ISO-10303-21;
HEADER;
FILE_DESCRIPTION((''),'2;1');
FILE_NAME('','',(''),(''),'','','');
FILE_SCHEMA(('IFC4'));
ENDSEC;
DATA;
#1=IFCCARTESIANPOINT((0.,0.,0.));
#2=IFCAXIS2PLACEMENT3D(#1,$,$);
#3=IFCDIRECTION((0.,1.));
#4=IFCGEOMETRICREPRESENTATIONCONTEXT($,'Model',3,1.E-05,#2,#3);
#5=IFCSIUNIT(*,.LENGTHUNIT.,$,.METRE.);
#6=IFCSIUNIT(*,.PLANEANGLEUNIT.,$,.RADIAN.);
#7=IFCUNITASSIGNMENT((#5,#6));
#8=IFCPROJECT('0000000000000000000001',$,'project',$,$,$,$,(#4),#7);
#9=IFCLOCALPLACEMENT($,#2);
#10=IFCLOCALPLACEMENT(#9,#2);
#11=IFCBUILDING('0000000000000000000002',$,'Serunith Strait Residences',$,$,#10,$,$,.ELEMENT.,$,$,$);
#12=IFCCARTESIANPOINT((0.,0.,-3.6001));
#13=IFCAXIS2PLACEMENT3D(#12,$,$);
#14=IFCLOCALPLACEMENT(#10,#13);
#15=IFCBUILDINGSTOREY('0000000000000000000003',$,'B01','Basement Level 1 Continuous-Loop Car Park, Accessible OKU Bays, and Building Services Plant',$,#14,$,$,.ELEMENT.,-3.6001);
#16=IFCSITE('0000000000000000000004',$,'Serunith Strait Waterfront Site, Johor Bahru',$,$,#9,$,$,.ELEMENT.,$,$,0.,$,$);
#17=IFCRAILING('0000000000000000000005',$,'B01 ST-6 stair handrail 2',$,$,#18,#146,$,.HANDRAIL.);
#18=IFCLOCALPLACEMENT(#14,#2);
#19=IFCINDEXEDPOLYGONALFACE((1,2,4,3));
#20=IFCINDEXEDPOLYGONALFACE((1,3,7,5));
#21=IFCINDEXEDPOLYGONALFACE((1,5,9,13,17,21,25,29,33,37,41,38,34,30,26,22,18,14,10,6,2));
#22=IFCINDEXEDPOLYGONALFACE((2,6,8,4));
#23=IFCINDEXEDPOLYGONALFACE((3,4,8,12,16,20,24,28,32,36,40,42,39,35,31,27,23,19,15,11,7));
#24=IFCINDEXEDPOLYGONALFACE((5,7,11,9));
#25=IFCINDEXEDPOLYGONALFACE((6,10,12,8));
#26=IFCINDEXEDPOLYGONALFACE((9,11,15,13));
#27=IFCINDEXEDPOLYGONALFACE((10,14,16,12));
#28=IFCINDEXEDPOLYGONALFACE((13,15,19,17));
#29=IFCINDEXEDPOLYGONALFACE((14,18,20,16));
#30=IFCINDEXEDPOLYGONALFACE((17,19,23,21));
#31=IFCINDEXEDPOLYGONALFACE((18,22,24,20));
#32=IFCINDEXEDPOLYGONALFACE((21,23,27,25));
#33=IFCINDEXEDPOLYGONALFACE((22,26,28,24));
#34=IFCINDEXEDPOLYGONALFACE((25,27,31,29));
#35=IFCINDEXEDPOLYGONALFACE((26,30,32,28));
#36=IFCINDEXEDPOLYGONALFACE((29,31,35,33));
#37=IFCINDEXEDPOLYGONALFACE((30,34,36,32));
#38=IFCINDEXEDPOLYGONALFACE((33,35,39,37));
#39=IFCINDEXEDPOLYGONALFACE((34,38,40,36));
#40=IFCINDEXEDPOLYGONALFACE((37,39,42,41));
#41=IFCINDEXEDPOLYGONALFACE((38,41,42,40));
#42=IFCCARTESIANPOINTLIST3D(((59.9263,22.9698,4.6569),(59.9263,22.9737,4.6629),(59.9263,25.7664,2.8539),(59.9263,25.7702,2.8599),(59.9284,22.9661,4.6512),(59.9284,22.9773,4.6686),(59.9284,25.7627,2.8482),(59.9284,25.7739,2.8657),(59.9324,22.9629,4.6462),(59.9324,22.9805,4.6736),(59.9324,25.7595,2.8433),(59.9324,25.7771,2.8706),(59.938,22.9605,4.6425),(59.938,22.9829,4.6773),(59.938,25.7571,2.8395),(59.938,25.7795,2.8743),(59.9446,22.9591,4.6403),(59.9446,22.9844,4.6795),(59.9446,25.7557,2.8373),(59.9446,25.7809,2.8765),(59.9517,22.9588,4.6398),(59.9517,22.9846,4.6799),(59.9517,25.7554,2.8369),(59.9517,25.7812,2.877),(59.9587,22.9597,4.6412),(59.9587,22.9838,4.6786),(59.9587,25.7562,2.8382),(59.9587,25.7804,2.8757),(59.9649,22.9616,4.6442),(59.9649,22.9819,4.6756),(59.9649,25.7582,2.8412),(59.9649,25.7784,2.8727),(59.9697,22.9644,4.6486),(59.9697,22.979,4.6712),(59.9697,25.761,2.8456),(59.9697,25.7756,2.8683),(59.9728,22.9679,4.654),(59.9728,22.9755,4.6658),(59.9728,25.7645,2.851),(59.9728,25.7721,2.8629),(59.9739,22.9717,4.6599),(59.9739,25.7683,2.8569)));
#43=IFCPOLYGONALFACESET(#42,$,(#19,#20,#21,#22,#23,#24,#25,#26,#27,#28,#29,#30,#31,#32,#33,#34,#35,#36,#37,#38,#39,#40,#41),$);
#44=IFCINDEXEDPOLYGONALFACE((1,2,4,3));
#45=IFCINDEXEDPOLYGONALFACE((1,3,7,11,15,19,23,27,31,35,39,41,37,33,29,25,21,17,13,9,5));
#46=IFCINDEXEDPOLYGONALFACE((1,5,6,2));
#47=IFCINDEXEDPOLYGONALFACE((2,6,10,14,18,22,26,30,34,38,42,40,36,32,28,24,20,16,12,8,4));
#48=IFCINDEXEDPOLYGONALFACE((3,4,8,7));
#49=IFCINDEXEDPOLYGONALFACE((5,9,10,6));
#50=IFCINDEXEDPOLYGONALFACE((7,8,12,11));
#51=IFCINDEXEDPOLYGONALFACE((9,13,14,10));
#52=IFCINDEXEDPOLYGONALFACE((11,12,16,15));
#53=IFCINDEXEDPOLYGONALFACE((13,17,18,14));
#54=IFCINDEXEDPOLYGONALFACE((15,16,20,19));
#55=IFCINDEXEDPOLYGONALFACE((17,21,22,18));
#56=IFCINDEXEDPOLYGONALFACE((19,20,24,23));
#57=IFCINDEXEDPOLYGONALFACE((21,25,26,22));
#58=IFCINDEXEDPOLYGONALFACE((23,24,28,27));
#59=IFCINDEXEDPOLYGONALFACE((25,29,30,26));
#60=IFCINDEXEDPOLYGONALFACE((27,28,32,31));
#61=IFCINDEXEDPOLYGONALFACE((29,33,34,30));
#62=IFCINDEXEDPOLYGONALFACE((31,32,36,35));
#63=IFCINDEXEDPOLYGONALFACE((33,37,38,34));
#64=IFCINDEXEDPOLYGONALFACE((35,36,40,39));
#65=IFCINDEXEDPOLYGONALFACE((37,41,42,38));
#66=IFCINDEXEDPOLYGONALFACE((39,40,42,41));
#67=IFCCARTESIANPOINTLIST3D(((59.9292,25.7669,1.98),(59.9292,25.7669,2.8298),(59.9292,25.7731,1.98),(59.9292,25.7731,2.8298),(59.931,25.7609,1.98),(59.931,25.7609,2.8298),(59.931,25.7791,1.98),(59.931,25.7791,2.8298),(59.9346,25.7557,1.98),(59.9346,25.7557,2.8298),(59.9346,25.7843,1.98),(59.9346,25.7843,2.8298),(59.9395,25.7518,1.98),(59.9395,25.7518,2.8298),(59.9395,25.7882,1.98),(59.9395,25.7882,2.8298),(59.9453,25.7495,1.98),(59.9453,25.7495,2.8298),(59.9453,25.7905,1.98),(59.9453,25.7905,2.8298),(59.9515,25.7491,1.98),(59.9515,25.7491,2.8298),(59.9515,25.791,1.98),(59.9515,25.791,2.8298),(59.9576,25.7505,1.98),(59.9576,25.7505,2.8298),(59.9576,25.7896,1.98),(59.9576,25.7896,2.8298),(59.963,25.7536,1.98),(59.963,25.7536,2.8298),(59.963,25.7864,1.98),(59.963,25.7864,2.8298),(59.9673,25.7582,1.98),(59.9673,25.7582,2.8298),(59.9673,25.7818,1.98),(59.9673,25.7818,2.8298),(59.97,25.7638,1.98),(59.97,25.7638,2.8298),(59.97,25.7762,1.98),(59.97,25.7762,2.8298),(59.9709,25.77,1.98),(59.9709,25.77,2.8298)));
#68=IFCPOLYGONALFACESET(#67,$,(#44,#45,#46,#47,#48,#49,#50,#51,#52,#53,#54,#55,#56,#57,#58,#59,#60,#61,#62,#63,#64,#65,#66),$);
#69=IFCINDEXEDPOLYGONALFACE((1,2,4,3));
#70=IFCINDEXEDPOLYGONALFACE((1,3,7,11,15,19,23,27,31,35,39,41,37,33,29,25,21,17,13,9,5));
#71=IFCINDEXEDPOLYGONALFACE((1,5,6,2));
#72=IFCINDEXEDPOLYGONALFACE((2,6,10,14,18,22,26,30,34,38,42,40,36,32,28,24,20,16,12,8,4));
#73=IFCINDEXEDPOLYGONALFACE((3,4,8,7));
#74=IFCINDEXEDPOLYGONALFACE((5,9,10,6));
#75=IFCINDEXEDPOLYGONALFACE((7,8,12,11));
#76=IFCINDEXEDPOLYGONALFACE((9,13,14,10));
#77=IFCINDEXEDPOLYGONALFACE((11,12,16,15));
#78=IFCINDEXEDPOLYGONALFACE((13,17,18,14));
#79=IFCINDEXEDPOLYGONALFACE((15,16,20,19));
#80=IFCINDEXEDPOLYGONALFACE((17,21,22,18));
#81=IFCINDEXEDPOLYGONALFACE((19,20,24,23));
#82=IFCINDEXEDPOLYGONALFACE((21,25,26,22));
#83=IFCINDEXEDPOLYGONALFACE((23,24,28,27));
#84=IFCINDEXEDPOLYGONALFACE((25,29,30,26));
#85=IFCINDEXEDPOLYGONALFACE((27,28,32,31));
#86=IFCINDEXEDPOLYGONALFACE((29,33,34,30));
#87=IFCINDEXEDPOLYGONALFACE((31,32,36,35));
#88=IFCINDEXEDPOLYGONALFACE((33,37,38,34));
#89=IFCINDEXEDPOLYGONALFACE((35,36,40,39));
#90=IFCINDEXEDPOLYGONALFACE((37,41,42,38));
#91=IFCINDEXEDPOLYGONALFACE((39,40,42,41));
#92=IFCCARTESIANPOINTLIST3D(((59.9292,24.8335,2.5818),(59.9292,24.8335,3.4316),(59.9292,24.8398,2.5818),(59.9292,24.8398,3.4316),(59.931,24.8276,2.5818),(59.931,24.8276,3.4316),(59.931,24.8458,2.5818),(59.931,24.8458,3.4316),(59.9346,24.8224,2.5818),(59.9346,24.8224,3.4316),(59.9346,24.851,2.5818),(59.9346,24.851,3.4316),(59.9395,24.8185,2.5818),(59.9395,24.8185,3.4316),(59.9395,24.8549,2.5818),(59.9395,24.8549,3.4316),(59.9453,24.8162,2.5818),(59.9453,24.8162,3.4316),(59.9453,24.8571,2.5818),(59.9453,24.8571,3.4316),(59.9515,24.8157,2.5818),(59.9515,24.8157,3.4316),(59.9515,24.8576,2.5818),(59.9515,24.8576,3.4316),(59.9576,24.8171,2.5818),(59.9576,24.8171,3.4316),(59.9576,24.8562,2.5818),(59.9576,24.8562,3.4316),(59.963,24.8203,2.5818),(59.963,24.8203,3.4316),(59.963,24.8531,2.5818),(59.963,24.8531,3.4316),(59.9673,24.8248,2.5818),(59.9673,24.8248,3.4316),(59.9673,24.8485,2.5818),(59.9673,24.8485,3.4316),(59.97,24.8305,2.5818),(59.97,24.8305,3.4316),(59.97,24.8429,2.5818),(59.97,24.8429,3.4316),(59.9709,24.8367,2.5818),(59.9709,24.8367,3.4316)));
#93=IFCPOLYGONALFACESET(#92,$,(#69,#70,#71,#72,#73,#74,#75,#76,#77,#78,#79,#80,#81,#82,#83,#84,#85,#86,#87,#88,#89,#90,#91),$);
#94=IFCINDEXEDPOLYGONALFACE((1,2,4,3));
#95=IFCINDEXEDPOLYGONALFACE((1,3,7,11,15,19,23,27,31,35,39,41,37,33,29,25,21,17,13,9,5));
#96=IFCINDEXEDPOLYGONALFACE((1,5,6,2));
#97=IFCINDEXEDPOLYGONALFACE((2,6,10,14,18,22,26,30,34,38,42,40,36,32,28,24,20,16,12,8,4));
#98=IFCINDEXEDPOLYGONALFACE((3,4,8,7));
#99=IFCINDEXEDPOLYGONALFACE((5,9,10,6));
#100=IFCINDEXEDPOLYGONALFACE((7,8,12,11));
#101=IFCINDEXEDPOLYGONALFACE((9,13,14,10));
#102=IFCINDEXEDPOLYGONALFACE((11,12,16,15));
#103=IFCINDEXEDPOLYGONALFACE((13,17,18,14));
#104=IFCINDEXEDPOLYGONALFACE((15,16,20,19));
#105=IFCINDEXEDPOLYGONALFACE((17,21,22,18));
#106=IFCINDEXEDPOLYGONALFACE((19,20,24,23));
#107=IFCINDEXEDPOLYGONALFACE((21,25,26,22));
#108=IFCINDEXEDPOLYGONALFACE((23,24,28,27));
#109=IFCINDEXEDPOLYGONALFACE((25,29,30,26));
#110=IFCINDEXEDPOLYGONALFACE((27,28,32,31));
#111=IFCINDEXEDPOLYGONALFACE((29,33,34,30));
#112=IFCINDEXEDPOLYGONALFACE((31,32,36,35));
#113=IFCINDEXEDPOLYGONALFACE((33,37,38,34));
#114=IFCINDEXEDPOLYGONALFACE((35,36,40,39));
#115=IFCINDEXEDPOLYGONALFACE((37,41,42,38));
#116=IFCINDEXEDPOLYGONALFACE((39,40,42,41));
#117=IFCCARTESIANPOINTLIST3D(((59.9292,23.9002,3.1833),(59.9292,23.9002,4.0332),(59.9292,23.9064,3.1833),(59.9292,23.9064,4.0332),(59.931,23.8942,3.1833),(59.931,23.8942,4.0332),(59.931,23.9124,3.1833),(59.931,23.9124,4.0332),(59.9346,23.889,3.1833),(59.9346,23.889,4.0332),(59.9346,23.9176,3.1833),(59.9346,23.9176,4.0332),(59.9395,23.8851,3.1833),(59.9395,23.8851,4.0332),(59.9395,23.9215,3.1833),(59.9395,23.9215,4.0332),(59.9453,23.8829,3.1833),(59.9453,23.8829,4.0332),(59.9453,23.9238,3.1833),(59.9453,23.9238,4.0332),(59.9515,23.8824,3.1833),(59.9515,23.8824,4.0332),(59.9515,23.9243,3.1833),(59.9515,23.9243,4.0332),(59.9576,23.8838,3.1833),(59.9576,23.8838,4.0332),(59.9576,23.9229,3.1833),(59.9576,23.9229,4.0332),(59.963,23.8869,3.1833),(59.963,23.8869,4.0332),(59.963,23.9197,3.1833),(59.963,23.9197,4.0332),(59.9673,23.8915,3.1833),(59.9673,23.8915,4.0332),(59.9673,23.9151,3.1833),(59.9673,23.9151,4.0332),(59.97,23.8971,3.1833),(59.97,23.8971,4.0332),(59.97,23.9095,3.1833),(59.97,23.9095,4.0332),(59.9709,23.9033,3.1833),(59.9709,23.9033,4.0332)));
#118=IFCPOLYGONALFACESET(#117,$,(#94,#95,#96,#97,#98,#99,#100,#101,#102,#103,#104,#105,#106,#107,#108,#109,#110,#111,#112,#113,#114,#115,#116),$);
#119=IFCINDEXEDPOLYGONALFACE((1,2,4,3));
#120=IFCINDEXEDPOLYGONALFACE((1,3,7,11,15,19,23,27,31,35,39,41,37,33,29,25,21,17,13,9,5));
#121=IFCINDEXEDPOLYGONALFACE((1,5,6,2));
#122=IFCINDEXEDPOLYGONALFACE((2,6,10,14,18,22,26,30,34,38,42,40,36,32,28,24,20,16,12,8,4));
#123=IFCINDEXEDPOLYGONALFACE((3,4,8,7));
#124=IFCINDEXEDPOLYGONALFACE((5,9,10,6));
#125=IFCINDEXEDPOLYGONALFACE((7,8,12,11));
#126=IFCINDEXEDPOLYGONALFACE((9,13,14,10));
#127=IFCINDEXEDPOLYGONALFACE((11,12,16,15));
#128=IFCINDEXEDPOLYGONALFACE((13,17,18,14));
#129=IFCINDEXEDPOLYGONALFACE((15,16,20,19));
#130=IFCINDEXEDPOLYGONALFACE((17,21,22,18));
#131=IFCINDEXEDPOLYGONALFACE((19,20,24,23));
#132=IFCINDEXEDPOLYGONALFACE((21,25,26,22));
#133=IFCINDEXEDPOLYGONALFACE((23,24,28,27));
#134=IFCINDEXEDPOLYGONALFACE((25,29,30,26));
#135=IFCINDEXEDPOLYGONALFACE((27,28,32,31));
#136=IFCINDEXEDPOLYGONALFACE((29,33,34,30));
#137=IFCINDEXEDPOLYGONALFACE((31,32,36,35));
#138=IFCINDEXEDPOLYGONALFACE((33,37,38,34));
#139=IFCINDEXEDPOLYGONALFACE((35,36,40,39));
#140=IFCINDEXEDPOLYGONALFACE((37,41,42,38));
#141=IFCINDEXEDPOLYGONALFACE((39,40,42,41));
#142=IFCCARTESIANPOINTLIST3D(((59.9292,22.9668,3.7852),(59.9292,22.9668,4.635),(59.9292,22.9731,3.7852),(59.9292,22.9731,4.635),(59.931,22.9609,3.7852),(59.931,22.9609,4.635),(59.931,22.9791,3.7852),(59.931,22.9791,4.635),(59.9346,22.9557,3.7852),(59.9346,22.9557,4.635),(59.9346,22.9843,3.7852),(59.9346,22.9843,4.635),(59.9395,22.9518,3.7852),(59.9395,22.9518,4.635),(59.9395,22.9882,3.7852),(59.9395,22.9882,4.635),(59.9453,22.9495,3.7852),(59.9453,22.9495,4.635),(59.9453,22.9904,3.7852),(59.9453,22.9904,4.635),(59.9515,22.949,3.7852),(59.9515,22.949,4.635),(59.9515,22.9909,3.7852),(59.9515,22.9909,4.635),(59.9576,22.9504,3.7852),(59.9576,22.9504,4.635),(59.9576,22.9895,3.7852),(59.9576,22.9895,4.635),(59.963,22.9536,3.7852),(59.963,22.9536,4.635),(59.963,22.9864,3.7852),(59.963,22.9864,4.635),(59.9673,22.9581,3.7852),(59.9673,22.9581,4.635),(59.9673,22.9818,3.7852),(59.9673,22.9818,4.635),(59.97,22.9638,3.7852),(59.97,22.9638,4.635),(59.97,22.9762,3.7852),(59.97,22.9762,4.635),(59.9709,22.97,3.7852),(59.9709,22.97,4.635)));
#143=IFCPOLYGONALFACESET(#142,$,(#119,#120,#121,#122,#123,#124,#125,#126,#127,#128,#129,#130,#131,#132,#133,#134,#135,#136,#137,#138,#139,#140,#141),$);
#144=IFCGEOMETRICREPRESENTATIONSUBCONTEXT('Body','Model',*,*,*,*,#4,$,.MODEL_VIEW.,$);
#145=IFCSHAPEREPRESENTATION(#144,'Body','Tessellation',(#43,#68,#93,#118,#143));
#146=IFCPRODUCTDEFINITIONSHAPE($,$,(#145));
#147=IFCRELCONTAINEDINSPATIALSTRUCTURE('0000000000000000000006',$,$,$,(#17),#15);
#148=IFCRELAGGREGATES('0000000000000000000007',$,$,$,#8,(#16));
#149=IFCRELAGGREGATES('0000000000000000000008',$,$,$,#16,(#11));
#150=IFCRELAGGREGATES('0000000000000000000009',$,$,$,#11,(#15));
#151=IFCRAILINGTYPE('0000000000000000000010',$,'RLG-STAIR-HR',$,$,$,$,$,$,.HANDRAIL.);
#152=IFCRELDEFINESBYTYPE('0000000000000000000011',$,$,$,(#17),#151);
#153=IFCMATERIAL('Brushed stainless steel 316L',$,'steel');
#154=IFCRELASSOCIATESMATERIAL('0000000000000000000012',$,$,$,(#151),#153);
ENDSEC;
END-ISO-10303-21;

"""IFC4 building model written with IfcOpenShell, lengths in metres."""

from ifc_helpers import new_model, si_unit, direction, frame, origin, origin_2d, place, context, subcontext, project, spatial, circle, extrude, material, type_object, element, save


model = new_model("IFC4")

# Units and contexts
model_context = context("Model", 3, precision=1e-05, world=origin(), true_north=direction((0.0, 1.0)))
body_context = subcontext(model_context, "Body", "Model", "MODEL_VIEW")
ifc_project = project(units=[si_unit("LENGTHUNIT", "METRE"), si_unit("PLANEANGLEUNIT", "RADIAN")], contexts=[model_context])

# Site, building, storey
site_placement = place(None, origin())
site = spatial("IfcSite", under=ifc_project, at=site_placement, Name="Serunith Strait Waterfront Site, Johor Bahru", CompositionType="ELEMENT", RefElevation=0.0)
building_placement = place(site_placement, origin())
building = spatial("IfcBuilding", under=site, at=building_placement, Name="Serunith Strait Residences", CompositionType="ELEMENT")
storey_placement = place(building_placement, frame((0.0, 0.0, -3.6001)))
storey = spatial("IfcBuildingStorey", under=building, at=storey_placement, Name="B01", Description="Basement Level 1 Continuous-Loop Car Park, Accessible OKU Bays, and Building Services Plant", CompositionType="ELEMENT", Elevation=-3.6001)

# Railing
ifc_material_1 = material(Name="Brushed stainless steel 316L", Category="steel")
railing_type_1 = type_object("IfcRailingType", Name="RLG-STAIR-HR", PredefinedType="HANDRAIL", material=ifc_material_1)
railing_1_placement = place(storey_placement, frame((59.95, 25.77, 1.98)))
element("IfcRailing", 1, at=railing_1_placement, inside=storey, type_object=railing_type_1, Name="B01 ST-6 stair handrail 2", PredefinedType="HANDRAIL", context=body_context, shape_type="SweptSolid", body=[
    extrude(circle(Radius=0.0239, at=origin_2d()), frame((0.0, -0.0017, 0.877), z_axis=(0.0, -0.840475, 0.54185), x_axis=(1.0, 0.0, 0.0)), (0.0, 0.0, 1.0), 3.3274),
    extrude(circle(Radius=0.021, at=origin_2d()), origin(), (0.0, 0.0, 1.0), 0.8499),
    extrude(circle(Radius=0.021, at=origin_2d()), frame((0.0, -0.9333, 0.6018)), (0.0, 0.0, 1.0), 0.8499),
    extrude(circle(Radius=0.021, at=origin_2d()), frame((0.0, -1.8667, 1.2034)), (0.0, 0.0, 1.0), 0.8499),
    extrude(circle(Radius=0.021, at=origin_2d()), frame((0.0, -2.8, 1.8052)), (0.0, 0.0, 1.0), 0.8499),
])

save(model, "model.ifc")
